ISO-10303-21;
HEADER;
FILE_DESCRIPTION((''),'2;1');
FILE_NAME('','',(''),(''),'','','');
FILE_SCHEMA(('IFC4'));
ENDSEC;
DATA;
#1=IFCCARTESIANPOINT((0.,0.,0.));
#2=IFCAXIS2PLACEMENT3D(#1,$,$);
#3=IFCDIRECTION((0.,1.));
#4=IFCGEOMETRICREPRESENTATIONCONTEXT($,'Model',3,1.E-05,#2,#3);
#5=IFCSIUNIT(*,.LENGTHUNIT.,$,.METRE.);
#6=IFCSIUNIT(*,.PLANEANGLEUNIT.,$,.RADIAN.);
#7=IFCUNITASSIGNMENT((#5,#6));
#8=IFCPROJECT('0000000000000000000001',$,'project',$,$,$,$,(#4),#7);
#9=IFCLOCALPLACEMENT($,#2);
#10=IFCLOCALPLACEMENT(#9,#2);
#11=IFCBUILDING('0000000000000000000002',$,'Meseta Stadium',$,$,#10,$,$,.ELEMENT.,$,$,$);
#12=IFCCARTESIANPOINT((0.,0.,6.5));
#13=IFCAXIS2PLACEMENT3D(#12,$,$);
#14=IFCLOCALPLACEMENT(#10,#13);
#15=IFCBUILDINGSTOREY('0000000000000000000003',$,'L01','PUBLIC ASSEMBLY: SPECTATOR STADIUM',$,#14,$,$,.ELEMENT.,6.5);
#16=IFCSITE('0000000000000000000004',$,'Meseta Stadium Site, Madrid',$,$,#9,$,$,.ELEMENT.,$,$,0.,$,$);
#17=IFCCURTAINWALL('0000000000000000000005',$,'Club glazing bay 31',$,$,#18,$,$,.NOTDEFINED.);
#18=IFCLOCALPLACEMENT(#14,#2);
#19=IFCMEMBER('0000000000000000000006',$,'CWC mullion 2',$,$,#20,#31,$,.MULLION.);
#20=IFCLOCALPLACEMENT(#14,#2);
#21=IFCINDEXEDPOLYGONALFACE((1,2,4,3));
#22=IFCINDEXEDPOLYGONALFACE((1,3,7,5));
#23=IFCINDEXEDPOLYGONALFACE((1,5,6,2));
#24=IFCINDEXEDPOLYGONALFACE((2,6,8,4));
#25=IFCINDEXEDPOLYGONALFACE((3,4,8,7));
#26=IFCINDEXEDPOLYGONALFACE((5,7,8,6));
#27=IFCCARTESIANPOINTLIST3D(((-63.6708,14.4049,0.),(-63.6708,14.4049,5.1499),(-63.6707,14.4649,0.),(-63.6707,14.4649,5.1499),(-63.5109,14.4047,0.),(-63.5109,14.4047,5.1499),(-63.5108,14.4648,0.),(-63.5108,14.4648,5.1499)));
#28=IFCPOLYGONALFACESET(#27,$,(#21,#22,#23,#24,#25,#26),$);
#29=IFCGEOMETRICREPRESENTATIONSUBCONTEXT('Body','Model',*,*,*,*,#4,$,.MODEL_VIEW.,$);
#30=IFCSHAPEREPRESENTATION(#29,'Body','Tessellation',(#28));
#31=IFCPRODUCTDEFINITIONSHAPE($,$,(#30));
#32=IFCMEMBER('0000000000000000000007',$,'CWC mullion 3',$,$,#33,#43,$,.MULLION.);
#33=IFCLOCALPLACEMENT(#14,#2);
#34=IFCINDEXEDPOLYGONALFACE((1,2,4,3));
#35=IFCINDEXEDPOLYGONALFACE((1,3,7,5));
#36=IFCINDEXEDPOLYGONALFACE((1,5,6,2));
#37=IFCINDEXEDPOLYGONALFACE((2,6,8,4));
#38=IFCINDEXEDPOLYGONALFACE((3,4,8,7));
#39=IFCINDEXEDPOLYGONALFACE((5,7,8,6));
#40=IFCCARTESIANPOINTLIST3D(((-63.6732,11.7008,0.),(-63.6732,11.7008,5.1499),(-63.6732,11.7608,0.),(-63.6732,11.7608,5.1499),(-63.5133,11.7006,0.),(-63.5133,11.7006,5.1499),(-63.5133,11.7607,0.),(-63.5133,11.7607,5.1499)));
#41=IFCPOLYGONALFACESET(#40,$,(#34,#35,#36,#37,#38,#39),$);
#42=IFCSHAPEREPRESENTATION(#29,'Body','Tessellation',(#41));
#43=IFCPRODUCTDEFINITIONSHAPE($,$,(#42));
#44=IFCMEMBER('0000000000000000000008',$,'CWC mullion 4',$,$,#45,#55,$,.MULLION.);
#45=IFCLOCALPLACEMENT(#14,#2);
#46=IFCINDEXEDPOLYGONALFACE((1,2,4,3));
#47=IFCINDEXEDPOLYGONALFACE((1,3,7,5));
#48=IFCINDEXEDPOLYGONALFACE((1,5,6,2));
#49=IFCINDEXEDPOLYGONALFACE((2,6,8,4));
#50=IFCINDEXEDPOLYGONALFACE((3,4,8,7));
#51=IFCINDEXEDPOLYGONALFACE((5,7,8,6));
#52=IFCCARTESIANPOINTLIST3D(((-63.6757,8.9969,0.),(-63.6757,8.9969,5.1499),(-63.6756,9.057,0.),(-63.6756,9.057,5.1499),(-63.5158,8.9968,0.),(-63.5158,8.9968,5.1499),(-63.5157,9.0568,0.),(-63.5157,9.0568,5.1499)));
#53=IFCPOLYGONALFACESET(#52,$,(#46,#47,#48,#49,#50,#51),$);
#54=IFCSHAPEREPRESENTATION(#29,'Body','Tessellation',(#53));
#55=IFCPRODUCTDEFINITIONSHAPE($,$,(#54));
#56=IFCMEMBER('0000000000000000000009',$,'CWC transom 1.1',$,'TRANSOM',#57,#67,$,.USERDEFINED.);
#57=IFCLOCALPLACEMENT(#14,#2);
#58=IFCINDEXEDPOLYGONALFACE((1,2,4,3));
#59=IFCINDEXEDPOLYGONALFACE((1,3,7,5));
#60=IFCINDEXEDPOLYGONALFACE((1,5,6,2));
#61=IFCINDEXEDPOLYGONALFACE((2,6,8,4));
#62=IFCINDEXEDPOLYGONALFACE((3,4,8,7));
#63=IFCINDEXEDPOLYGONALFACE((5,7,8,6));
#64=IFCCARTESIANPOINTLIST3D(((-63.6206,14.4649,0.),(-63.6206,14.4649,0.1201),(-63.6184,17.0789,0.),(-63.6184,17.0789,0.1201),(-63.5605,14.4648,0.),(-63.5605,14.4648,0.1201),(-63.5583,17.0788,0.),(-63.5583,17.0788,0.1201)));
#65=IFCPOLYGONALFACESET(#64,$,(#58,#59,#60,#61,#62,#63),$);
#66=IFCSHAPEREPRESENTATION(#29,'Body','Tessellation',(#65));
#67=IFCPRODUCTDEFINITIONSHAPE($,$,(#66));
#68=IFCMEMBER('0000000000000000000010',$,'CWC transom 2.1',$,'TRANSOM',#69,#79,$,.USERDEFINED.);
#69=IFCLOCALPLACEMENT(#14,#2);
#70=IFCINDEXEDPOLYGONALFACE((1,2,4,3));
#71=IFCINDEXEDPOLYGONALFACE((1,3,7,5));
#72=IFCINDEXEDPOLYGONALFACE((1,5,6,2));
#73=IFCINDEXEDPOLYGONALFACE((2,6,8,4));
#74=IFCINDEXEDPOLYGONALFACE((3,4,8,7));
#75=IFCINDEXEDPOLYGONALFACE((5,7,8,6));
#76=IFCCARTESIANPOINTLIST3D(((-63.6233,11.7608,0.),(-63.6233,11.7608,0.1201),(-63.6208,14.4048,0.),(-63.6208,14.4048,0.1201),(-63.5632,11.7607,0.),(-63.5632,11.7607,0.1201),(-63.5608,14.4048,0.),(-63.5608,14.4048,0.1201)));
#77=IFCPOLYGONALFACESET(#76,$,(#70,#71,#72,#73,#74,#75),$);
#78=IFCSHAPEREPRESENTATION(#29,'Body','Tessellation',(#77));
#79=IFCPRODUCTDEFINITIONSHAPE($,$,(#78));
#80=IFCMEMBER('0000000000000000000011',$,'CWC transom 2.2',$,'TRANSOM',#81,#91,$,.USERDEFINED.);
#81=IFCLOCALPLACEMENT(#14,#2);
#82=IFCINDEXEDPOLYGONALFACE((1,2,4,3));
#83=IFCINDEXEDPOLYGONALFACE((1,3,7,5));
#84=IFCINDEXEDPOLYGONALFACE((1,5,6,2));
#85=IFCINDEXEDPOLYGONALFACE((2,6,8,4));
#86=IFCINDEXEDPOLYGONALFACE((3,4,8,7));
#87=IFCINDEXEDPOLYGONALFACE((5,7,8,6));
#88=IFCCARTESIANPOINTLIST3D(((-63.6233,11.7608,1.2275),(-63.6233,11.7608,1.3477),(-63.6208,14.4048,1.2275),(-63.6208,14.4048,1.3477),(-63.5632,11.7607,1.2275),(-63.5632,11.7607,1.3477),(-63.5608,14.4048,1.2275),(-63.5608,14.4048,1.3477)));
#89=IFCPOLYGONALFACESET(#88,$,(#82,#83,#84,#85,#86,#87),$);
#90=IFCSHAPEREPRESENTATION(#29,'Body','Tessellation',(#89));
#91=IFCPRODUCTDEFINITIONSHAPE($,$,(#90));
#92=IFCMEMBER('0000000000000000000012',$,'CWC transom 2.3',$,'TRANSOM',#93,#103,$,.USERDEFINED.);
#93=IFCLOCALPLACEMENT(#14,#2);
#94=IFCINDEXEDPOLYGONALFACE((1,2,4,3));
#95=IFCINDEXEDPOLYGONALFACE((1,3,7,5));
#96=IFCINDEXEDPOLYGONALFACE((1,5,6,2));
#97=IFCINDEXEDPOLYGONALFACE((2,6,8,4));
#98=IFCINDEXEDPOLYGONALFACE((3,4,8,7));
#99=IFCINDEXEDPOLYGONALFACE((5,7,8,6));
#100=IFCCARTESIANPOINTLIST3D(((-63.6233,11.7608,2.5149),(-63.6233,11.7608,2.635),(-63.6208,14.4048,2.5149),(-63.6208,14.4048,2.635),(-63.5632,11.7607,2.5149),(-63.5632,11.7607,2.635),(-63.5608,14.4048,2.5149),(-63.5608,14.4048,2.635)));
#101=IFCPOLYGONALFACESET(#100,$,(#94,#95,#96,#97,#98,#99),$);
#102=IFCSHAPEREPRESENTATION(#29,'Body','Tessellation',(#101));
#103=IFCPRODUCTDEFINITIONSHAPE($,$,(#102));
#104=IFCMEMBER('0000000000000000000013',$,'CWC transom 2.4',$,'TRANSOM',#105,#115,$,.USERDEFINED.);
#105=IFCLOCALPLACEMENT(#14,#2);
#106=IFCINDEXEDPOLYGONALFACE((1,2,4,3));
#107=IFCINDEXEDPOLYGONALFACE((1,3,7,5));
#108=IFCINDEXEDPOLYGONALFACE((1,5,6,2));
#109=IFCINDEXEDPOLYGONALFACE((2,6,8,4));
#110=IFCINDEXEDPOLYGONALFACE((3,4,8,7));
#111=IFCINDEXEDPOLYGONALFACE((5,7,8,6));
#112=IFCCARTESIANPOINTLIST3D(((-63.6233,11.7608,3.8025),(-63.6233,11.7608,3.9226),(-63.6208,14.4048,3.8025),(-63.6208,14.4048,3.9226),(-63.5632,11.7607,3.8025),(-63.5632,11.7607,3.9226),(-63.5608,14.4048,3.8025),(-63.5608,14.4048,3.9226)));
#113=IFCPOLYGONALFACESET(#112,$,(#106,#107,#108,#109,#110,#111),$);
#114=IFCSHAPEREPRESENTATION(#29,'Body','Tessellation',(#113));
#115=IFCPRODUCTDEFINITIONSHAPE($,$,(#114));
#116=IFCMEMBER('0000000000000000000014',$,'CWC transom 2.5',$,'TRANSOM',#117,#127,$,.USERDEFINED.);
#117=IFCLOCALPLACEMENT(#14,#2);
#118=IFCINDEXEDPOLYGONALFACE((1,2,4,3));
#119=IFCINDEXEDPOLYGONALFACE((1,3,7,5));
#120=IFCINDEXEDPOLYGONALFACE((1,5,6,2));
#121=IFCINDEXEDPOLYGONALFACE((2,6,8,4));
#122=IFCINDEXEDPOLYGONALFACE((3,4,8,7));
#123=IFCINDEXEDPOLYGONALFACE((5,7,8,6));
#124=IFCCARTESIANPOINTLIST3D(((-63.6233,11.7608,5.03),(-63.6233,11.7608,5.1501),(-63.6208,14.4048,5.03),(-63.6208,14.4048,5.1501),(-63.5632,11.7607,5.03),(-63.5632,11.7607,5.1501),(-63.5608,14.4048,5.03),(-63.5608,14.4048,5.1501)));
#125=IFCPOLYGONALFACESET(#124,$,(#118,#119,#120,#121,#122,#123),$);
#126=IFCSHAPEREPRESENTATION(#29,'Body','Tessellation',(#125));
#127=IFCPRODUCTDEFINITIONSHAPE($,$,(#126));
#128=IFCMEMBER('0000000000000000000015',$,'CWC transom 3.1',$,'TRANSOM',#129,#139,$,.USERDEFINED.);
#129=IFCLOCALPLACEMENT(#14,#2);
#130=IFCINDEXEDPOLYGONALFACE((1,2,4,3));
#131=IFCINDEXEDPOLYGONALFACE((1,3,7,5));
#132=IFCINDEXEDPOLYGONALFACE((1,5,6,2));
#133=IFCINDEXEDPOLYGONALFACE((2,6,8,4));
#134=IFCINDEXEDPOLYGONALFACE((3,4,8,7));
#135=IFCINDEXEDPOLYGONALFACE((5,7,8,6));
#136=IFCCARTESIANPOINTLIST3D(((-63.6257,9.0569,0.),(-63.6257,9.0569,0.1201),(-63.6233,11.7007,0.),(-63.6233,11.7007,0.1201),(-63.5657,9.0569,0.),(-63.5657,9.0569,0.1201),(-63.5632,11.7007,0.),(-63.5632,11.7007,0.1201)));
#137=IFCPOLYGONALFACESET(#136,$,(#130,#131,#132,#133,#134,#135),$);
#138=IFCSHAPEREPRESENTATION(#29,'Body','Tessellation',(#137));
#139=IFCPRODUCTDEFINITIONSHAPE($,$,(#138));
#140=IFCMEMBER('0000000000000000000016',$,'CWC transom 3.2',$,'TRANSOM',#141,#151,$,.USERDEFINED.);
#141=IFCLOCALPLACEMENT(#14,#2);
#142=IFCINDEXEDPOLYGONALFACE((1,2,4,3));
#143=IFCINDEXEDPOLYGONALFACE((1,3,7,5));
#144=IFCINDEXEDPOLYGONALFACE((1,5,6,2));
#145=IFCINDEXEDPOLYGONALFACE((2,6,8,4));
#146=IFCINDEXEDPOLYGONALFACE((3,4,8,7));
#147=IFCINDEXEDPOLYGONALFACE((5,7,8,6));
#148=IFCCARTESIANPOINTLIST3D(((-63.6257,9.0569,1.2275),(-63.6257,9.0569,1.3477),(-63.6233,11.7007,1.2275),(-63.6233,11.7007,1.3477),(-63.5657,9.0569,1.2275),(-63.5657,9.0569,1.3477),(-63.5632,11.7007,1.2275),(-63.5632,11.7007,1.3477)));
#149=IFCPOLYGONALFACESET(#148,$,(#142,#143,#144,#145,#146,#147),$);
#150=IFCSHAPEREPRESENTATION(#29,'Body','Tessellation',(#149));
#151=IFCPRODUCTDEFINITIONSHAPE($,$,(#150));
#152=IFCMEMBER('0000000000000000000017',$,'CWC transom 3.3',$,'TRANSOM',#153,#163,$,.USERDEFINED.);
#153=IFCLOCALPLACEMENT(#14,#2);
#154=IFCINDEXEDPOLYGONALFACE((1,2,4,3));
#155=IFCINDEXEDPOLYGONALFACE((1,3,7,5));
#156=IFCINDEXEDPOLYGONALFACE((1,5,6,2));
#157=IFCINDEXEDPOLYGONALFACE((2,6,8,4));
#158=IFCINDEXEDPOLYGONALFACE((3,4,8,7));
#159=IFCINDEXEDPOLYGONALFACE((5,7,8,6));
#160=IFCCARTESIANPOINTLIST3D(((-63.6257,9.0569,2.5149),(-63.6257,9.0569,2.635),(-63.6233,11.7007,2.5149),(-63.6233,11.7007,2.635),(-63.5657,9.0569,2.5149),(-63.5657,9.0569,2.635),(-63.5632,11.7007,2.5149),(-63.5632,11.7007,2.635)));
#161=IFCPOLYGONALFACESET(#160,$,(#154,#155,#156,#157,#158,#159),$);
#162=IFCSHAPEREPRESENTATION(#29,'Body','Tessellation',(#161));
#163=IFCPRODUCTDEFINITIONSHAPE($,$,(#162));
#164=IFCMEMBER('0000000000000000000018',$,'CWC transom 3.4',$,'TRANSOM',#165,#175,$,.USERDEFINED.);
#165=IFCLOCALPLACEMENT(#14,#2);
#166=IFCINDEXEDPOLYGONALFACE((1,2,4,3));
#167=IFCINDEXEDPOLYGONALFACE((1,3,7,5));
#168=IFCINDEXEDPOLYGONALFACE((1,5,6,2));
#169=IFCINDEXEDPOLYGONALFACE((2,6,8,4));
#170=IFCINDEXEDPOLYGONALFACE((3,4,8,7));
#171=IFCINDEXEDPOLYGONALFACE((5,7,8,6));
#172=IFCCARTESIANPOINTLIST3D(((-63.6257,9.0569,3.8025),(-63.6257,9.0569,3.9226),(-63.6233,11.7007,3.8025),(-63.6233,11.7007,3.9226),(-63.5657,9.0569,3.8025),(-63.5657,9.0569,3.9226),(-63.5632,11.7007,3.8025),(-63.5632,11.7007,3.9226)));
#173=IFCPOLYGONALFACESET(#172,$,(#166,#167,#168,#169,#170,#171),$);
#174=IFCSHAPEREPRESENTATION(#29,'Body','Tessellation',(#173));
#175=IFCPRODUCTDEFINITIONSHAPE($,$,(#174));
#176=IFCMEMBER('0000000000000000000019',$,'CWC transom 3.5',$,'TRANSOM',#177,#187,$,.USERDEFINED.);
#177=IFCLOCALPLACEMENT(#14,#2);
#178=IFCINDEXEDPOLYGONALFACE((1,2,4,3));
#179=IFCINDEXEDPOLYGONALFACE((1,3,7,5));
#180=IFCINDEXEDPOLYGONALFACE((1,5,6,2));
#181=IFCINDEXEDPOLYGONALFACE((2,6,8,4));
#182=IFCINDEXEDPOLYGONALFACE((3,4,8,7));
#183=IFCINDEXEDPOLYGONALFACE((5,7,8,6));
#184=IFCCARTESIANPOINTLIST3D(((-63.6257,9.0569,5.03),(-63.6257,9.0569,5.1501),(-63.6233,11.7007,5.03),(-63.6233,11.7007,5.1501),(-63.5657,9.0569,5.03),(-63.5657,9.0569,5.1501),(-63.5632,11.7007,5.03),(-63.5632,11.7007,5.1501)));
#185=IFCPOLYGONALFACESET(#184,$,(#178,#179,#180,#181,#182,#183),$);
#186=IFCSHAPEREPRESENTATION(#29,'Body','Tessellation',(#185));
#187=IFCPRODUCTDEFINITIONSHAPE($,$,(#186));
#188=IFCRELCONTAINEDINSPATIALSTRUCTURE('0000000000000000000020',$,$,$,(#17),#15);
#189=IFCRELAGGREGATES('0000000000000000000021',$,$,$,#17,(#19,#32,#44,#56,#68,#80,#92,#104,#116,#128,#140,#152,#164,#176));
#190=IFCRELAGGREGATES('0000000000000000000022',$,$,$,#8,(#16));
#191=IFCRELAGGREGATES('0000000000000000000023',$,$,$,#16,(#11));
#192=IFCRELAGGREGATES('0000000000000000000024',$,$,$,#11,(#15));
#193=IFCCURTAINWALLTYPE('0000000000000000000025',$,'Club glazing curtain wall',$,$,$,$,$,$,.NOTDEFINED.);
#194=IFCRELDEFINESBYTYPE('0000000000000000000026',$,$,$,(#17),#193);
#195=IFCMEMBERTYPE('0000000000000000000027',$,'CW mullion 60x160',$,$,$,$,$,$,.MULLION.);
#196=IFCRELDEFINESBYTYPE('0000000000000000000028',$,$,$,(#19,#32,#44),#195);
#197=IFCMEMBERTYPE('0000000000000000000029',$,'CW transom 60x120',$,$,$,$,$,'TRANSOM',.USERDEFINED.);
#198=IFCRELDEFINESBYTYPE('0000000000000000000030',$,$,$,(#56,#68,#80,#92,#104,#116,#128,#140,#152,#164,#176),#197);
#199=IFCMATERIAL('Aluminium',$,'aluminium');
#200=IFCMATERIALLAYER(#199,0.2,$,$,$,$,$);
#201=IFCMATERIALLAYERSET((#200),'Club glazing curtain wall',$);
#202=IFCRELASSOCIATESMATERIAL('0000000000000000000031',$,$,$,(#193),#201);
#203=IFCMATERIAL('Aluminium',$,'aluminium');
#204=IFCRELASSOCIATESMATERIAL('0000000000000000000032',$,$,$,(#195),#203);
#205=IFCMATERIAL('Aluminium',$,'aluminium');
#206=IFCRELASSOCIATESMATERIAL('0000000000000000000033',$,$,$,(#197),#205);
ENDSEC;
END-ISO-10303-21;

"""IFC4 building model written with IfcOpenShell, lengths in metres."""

from ifc_helpers import new_model, si_unit, direction, frame, origin, origin_2d, place, context, subcontext, project, spatial, rectangle, extrude, material, layer, layer_set, material_profile, profile_set, type_object, element, aggregate, save


model = new_model("IFC4")

# Units and contexts
model_context = context("Model", 3, precision=1e-05, world=origin(), true_north=direction((0.0, 1.0)))
body_context = subcontext(model_context, "Body", "Model", "MODEL_VIEW")
ifc_project = project(units=[si_unit("LENGTHUNIT", "METRE"), si_unit("PLANEANGLEUNIT", "RADIAN")], contexts=[model_context])

# Site, building, storey
site_placement = place(None, origin())
site = spatial("IfcSite", under=ifc_project, at=site_placement, Name="Meseta Stadium Site, Madrid", CompositionType="ELEMENT", RefElevation=0.0)
building_placement = place(site_placement, origin())
building = spatial("IfcBuilding", under=site, at=building_placement, Name="Meseta Stadium", CompositionType="ELEMENT")
storey_placement = place(building_placement, frame((0.0, 0.0, 6.5)))
storey = spatial("IfcBuildingStorey", under=building, at=storey_placement, Name="L01", Description="PUBLIC ASSEMBLY: SPECTATOR STADIUM", CompositionType="ELEMENT", Elevation=6.5)

# Curtain wall, members
ifc_material_1 = material(Name="Aluminium", Category="aluminium")
ifc_layer_1 = layer(ifc_material_1, 0.2)
ifc_layer_set_1 = layer_set([ifc_layer_1], Name="Club glazing curtain wall")
curtain_wall_type = type_object("IfcCurtainWallType", Name="Club glazing curtain wall", PredefinedType="NOTDEFINED", material=ifc_layer_set_1)
curtain_wall_placement = place(storey_placement, origin())
curtain_wall = element("IfcCurtainWall", 1, at=curtain_wall_placement, inside=storey, type_object=curtain_wall_type, Name="Club glazing bay 31", PredefinedType="NOTDEFINED")
ifc_material_2 = material(Name="Aluminium", Category="aluminium")
ifc_material_profile_1 = material_profile(ifc_material_2, rectangle(XDim=0.1599, YDim=0.0601, at=origin_2d()), Name="CW 160x60")
ifc_profile_set_1 = profile_set([ifc_material_profile_1], Name="Aluminium")
member_type_1 = type_object("IfcMemberType", Name="CW mullion 60x160", PredefinedType="MULLION", material=ifc_profile_set_1)
member_1_placement = place(storey_placement, frame((-63.5908, 14.4348, 0.0), z_axis=(0.0, 0.0, 1.0), x_axis=(1.0, -0.000925, 0.0)))
member_1 = element("IfcMember", 2, at=member_1_placement, type_object=member_type_1, Name="CWC mullion 2", PredefinedType="MULLION", context=body_context, shape_type="SweptSolid", body=[
    extrude(rectangle(XDim=0.1599, YDim=0.0601, at=origin_2d()), origin(), (0.0, 0.0, 1.0), 5.1499),
])
member_2_placement = place(storey_placement, frame((-63.5933, 11.7307, 0.0), z_axis=(0.0, 0.0, 1.0), x_axis=(1.0, -0.000925, 0.0)))
member_2 = element("IfcMember", 3, at=member_2_placement, type_object=member_type_1, Name="CWC mullion 3", PredefinedType="MULLION", context=body_context, shape_type="SweptSolid", body=[
    extrude(rectangle(XDim=0.1599, YDim=0.0601, at=origin_2d()), origin(), (0.0, 0.0, 1.0), 5.1499),
])
member_3_placement = place(storey_placement, frame((-63.5957, 9.0269, 0.0), z_axis=(0.0, 0.0, 1.0), x_axis=(1.0, -0.000925, 0.0)))
member_3 = element("IfcMember", 4, at=member_3_placement, type_object=member_type_1, Name="CWC mullion 4", PredefinedType="MULLION", context=body_context, shape_type="SweptSolid", body=[
    extrude(rectangle(XDim=0.1599, YDim=0.0601, at=origin_2d()), origin(), (0.0, 0.0, 1.0), 5.1499),
])
ifc_material_3 = material(Name="Aluminium", Category="aluminium")
ifc_material_profile_2 = material_profile(ifc_material_3, rectangle(XDim=0.0601, YDim=0.1201, at=origin_2d()), Name="CW 60x120")
ifc_profile_set_2 = profile_set([ifc_material_profile_2], Name="Aluminium")
member_type_2 = type_object("IfcMemberType", Name="CW transom 60x120", ElementType="TRANSOM", PredefinedType="USERDEFINED", material=ifc_profile_set_2)
member_4_placement = place(storey_placement, frame((-63.5884, 17.0789, 0.0601), z_axis=(-0.000841, -1.0, 0.0), x_axis=(1.0, -0.000841, 0.0)))
member_4 = element("IfcMember", 5, at=member_4_placement, type_object=member_type_2, Name="CWC transom 1.1", ObjectType="TRANSOM", PredefinedType="USERDEFINED", context=body_context, shape_type="SweptSolid", body=[
    extrude(rectangle(XDim=0.0601, YDim=0.1201, at=origin_2d()), origin(), (0.0, 0.0, 1.0), 2.614),
])
member_5_placement = place(storey_placement, frame((-63.5908, 14.4048, 0.0601), z_axis=(-0.000923, -1.0, 0.0), x_axis=(1.0, -0.000923, 0.0)))
member_5 = element("IfcMember", 6, at=member_5_placement, type_object=member_type_2, Name="CWC transom 2.1", ObjectType="TRANSOM", PredefinedType="USERDEFINED", context=body_context, shape_type="SweptSolid", body=[
    extrude(rectangle(XDim=0.0601, YDim=0.1201, at=origin_2d()), origin(), (0.0, 0.0, 1.0), 2.644),
])
member_6_placement = place(storey_placement, frame((-63.5908, 14.4048, 1.2876), z_axis=(-0.000923, -1.0, 0.0), x_axis=(1.0, -0.000923, 0.0)))
member_6 = element("IfcMember", 7, at=member_6_placement, type_object=member_type_2, Name="CWC transom 2.2", ObjectType="TRANSOM", PredefinedType="USERDEFINED", context=body_context, shape_type="SweptSolid", body=[
    extrude(rectangle(XDim=0.0601, YDim=0.1201, at=origin_2d()), origin(), (0.0, 0.0, 1.0), 2.644),
])
member_7_placement = place(storey_placement, frame((-63.5908, 14.4048, 2.575), z_axis=(-0.000923, -1.0, 0.0), x_axis=(1.0, -0.000923, 0.0)))
member_7 = element("IfcMember", 8, at=member_7_placement, type_object=member_type_2, Name="CWC transom 2.3", ObjectType="TRANSOM", PredefinedType="USERDEFINED", context=body_context, shape_type="SweptSolid", body=[
    extrude(rectangle(XDim=0.0601, YDim=0.1201, at=origin_2d()), origin(), (0.0, 0.0, 1.0), 2.644),
])
member_8_placement = place(storey_placement, frame((-63.5908, 14.4048, 3.8625), z_axis=(-0.000923, -1.0, 0.0), x_axis=(1.0, -0.000923, 0.0)))
member_8 = element("IfcMember", 9, at=member_8_placement, type_object=member_type_2, Name="CWC transom 2.4", ObjectType="TRANSOM", PredefinedType="USERDEFINED", context=body_context, shape_type="SweptSolid", body=[
    extrude(rectangle(XDim=0.0601, YDim=0.1201, at=origin_2d()), origin(), (0.0, 0.0, 1.0), 2.644),
])
member_9_placement = place(storey_placement, frame((-63.5908, 14.4048, 5.0901), z_axis=(-0.000923, -1.0, 0.0), x_axis=(1.0, -0.000923, 0.0)))
member_9 = element("IfcMember", 10, at=member_9_placement, type_object=member_type_2, Name="CWC transom 2.5", ObjectType="TRANSOM", PredefinedType="USERDEFINED", context=body_context, shape_type="SweptSolid", body=[
    extrude(rectangle(XDim=0.0601, YDim=0.1201, at=origin_2d()), origin(), (0.0, 0.0, 1.0), 2.644),
])
member_10_placement = place(storey_placement, frame((-63.5933, 11.7007, 0.0601), z_axis=(-0.000923, -1.0, 0.0), x_axis=(1.0, -0.000923, 0.0)))
member_10 = element("IfcMember", 11, at=member_10_placement, type_object=member_type_2, Name="CWC transom 3.1", ObjectType="TRANSOM", PredefinedType="USERDEFINED", context=body_context, shape_type="SweptSolid", body=[
    extrude(rectangle(XDim=0.0601, YDim=0.1201, at=origin_2d()), origin(), (0.0, 0.0, 1.0), 2.6438),
])
member_11_placement = place(storey_placement, frame((-63.5933, 11.7007, 1.2876), z_axis=(-0.000923, -1.0, 0.0), x_axis=(1.0, -0.000923, 0.0)))
member_11 = element("IfcMember", 12, at=member_11_placement, type_object=member_type_2, Name="CWC transom 3.2", ObjectType="TRANSOM", PredefinedType="USERDEFINED", context=body_context, shape_type="SweptSolid", body=[
    extrude(rectangle(XDim=0.0601, YDim=0.1201, at=origin_2d()), origin(), (0.0, 0.0, 1.0), 2.6438),
])
member_12_placement = place(storey_placement, frame((-63.5933, 11.7007, 2.575), z_axis=(-0.000923, -1.0, 0.0), x_axis=(1.0, -0.000923, 0.0)))
member_12 = element("IfcMember", 13, at=member_12_placement, type_object=member_type_2, Name="CWC transom 3.3", ObjectType="TRANSOM", PredefinedType="USERDEFINED", context=body_context, shape_type="SweptSolid", body=[
    extrude(rectangle(XDim=0.0601, YDim=0.1201, at=origin_2d()), origin(), (0.0, 0.0, 1.0), 2.6438),
])
member_13_placement = place(storey_placement, frame((-63.5933, 11.7007, 3.8625), z_axis=(-0.000923, -1.0, 0.0), x_axis=(1.0, -0.000923, 0.0)))
member_13 = element("IfcMember", 14, at=member_13_placement, type_object=member_type_2, Name="CWC transom 3.4", ObjectType="TRANSOM", PredefinedType="USERDEFINED", context=body_context, shape_type="SweptSolid", body=[
    extrude(rectangle(XDim=0.0601, YDim=0.1201, at=origin_2d()), origin(), (0.0, 0.0, 1.0), 2.6438),
])
member_14_placement = place(storey_placement, frame((-63.5933, 11.7007, 5.0901), z_axis=(-0.000923, -1.0, 0.0), x_axis=(1.0, -0.000923, 0.0)))
member_14 = element("IfcMember", 15, at=member_14_placement, type_object=member_type_2, Name="CWC transom 3.5", ObjectType="TRANSOM", PredefinedType="USERDEFINED", context=body_context, shape_type="SweptSolid", body=[
    extrude(rectangle(XDim=0.0601, YDim=0.1201, at=origin_2d()), origin(), (0.0, 0.0, 1.0), 2.6438),
])
aggregate(curtain_wall, [member_1, member_2, member_3, member_4, member_5, member_6, member_7, member_8, member_9, member_10, member_11, member_12, member_13, member_14])

save(model, "model.ifc")
